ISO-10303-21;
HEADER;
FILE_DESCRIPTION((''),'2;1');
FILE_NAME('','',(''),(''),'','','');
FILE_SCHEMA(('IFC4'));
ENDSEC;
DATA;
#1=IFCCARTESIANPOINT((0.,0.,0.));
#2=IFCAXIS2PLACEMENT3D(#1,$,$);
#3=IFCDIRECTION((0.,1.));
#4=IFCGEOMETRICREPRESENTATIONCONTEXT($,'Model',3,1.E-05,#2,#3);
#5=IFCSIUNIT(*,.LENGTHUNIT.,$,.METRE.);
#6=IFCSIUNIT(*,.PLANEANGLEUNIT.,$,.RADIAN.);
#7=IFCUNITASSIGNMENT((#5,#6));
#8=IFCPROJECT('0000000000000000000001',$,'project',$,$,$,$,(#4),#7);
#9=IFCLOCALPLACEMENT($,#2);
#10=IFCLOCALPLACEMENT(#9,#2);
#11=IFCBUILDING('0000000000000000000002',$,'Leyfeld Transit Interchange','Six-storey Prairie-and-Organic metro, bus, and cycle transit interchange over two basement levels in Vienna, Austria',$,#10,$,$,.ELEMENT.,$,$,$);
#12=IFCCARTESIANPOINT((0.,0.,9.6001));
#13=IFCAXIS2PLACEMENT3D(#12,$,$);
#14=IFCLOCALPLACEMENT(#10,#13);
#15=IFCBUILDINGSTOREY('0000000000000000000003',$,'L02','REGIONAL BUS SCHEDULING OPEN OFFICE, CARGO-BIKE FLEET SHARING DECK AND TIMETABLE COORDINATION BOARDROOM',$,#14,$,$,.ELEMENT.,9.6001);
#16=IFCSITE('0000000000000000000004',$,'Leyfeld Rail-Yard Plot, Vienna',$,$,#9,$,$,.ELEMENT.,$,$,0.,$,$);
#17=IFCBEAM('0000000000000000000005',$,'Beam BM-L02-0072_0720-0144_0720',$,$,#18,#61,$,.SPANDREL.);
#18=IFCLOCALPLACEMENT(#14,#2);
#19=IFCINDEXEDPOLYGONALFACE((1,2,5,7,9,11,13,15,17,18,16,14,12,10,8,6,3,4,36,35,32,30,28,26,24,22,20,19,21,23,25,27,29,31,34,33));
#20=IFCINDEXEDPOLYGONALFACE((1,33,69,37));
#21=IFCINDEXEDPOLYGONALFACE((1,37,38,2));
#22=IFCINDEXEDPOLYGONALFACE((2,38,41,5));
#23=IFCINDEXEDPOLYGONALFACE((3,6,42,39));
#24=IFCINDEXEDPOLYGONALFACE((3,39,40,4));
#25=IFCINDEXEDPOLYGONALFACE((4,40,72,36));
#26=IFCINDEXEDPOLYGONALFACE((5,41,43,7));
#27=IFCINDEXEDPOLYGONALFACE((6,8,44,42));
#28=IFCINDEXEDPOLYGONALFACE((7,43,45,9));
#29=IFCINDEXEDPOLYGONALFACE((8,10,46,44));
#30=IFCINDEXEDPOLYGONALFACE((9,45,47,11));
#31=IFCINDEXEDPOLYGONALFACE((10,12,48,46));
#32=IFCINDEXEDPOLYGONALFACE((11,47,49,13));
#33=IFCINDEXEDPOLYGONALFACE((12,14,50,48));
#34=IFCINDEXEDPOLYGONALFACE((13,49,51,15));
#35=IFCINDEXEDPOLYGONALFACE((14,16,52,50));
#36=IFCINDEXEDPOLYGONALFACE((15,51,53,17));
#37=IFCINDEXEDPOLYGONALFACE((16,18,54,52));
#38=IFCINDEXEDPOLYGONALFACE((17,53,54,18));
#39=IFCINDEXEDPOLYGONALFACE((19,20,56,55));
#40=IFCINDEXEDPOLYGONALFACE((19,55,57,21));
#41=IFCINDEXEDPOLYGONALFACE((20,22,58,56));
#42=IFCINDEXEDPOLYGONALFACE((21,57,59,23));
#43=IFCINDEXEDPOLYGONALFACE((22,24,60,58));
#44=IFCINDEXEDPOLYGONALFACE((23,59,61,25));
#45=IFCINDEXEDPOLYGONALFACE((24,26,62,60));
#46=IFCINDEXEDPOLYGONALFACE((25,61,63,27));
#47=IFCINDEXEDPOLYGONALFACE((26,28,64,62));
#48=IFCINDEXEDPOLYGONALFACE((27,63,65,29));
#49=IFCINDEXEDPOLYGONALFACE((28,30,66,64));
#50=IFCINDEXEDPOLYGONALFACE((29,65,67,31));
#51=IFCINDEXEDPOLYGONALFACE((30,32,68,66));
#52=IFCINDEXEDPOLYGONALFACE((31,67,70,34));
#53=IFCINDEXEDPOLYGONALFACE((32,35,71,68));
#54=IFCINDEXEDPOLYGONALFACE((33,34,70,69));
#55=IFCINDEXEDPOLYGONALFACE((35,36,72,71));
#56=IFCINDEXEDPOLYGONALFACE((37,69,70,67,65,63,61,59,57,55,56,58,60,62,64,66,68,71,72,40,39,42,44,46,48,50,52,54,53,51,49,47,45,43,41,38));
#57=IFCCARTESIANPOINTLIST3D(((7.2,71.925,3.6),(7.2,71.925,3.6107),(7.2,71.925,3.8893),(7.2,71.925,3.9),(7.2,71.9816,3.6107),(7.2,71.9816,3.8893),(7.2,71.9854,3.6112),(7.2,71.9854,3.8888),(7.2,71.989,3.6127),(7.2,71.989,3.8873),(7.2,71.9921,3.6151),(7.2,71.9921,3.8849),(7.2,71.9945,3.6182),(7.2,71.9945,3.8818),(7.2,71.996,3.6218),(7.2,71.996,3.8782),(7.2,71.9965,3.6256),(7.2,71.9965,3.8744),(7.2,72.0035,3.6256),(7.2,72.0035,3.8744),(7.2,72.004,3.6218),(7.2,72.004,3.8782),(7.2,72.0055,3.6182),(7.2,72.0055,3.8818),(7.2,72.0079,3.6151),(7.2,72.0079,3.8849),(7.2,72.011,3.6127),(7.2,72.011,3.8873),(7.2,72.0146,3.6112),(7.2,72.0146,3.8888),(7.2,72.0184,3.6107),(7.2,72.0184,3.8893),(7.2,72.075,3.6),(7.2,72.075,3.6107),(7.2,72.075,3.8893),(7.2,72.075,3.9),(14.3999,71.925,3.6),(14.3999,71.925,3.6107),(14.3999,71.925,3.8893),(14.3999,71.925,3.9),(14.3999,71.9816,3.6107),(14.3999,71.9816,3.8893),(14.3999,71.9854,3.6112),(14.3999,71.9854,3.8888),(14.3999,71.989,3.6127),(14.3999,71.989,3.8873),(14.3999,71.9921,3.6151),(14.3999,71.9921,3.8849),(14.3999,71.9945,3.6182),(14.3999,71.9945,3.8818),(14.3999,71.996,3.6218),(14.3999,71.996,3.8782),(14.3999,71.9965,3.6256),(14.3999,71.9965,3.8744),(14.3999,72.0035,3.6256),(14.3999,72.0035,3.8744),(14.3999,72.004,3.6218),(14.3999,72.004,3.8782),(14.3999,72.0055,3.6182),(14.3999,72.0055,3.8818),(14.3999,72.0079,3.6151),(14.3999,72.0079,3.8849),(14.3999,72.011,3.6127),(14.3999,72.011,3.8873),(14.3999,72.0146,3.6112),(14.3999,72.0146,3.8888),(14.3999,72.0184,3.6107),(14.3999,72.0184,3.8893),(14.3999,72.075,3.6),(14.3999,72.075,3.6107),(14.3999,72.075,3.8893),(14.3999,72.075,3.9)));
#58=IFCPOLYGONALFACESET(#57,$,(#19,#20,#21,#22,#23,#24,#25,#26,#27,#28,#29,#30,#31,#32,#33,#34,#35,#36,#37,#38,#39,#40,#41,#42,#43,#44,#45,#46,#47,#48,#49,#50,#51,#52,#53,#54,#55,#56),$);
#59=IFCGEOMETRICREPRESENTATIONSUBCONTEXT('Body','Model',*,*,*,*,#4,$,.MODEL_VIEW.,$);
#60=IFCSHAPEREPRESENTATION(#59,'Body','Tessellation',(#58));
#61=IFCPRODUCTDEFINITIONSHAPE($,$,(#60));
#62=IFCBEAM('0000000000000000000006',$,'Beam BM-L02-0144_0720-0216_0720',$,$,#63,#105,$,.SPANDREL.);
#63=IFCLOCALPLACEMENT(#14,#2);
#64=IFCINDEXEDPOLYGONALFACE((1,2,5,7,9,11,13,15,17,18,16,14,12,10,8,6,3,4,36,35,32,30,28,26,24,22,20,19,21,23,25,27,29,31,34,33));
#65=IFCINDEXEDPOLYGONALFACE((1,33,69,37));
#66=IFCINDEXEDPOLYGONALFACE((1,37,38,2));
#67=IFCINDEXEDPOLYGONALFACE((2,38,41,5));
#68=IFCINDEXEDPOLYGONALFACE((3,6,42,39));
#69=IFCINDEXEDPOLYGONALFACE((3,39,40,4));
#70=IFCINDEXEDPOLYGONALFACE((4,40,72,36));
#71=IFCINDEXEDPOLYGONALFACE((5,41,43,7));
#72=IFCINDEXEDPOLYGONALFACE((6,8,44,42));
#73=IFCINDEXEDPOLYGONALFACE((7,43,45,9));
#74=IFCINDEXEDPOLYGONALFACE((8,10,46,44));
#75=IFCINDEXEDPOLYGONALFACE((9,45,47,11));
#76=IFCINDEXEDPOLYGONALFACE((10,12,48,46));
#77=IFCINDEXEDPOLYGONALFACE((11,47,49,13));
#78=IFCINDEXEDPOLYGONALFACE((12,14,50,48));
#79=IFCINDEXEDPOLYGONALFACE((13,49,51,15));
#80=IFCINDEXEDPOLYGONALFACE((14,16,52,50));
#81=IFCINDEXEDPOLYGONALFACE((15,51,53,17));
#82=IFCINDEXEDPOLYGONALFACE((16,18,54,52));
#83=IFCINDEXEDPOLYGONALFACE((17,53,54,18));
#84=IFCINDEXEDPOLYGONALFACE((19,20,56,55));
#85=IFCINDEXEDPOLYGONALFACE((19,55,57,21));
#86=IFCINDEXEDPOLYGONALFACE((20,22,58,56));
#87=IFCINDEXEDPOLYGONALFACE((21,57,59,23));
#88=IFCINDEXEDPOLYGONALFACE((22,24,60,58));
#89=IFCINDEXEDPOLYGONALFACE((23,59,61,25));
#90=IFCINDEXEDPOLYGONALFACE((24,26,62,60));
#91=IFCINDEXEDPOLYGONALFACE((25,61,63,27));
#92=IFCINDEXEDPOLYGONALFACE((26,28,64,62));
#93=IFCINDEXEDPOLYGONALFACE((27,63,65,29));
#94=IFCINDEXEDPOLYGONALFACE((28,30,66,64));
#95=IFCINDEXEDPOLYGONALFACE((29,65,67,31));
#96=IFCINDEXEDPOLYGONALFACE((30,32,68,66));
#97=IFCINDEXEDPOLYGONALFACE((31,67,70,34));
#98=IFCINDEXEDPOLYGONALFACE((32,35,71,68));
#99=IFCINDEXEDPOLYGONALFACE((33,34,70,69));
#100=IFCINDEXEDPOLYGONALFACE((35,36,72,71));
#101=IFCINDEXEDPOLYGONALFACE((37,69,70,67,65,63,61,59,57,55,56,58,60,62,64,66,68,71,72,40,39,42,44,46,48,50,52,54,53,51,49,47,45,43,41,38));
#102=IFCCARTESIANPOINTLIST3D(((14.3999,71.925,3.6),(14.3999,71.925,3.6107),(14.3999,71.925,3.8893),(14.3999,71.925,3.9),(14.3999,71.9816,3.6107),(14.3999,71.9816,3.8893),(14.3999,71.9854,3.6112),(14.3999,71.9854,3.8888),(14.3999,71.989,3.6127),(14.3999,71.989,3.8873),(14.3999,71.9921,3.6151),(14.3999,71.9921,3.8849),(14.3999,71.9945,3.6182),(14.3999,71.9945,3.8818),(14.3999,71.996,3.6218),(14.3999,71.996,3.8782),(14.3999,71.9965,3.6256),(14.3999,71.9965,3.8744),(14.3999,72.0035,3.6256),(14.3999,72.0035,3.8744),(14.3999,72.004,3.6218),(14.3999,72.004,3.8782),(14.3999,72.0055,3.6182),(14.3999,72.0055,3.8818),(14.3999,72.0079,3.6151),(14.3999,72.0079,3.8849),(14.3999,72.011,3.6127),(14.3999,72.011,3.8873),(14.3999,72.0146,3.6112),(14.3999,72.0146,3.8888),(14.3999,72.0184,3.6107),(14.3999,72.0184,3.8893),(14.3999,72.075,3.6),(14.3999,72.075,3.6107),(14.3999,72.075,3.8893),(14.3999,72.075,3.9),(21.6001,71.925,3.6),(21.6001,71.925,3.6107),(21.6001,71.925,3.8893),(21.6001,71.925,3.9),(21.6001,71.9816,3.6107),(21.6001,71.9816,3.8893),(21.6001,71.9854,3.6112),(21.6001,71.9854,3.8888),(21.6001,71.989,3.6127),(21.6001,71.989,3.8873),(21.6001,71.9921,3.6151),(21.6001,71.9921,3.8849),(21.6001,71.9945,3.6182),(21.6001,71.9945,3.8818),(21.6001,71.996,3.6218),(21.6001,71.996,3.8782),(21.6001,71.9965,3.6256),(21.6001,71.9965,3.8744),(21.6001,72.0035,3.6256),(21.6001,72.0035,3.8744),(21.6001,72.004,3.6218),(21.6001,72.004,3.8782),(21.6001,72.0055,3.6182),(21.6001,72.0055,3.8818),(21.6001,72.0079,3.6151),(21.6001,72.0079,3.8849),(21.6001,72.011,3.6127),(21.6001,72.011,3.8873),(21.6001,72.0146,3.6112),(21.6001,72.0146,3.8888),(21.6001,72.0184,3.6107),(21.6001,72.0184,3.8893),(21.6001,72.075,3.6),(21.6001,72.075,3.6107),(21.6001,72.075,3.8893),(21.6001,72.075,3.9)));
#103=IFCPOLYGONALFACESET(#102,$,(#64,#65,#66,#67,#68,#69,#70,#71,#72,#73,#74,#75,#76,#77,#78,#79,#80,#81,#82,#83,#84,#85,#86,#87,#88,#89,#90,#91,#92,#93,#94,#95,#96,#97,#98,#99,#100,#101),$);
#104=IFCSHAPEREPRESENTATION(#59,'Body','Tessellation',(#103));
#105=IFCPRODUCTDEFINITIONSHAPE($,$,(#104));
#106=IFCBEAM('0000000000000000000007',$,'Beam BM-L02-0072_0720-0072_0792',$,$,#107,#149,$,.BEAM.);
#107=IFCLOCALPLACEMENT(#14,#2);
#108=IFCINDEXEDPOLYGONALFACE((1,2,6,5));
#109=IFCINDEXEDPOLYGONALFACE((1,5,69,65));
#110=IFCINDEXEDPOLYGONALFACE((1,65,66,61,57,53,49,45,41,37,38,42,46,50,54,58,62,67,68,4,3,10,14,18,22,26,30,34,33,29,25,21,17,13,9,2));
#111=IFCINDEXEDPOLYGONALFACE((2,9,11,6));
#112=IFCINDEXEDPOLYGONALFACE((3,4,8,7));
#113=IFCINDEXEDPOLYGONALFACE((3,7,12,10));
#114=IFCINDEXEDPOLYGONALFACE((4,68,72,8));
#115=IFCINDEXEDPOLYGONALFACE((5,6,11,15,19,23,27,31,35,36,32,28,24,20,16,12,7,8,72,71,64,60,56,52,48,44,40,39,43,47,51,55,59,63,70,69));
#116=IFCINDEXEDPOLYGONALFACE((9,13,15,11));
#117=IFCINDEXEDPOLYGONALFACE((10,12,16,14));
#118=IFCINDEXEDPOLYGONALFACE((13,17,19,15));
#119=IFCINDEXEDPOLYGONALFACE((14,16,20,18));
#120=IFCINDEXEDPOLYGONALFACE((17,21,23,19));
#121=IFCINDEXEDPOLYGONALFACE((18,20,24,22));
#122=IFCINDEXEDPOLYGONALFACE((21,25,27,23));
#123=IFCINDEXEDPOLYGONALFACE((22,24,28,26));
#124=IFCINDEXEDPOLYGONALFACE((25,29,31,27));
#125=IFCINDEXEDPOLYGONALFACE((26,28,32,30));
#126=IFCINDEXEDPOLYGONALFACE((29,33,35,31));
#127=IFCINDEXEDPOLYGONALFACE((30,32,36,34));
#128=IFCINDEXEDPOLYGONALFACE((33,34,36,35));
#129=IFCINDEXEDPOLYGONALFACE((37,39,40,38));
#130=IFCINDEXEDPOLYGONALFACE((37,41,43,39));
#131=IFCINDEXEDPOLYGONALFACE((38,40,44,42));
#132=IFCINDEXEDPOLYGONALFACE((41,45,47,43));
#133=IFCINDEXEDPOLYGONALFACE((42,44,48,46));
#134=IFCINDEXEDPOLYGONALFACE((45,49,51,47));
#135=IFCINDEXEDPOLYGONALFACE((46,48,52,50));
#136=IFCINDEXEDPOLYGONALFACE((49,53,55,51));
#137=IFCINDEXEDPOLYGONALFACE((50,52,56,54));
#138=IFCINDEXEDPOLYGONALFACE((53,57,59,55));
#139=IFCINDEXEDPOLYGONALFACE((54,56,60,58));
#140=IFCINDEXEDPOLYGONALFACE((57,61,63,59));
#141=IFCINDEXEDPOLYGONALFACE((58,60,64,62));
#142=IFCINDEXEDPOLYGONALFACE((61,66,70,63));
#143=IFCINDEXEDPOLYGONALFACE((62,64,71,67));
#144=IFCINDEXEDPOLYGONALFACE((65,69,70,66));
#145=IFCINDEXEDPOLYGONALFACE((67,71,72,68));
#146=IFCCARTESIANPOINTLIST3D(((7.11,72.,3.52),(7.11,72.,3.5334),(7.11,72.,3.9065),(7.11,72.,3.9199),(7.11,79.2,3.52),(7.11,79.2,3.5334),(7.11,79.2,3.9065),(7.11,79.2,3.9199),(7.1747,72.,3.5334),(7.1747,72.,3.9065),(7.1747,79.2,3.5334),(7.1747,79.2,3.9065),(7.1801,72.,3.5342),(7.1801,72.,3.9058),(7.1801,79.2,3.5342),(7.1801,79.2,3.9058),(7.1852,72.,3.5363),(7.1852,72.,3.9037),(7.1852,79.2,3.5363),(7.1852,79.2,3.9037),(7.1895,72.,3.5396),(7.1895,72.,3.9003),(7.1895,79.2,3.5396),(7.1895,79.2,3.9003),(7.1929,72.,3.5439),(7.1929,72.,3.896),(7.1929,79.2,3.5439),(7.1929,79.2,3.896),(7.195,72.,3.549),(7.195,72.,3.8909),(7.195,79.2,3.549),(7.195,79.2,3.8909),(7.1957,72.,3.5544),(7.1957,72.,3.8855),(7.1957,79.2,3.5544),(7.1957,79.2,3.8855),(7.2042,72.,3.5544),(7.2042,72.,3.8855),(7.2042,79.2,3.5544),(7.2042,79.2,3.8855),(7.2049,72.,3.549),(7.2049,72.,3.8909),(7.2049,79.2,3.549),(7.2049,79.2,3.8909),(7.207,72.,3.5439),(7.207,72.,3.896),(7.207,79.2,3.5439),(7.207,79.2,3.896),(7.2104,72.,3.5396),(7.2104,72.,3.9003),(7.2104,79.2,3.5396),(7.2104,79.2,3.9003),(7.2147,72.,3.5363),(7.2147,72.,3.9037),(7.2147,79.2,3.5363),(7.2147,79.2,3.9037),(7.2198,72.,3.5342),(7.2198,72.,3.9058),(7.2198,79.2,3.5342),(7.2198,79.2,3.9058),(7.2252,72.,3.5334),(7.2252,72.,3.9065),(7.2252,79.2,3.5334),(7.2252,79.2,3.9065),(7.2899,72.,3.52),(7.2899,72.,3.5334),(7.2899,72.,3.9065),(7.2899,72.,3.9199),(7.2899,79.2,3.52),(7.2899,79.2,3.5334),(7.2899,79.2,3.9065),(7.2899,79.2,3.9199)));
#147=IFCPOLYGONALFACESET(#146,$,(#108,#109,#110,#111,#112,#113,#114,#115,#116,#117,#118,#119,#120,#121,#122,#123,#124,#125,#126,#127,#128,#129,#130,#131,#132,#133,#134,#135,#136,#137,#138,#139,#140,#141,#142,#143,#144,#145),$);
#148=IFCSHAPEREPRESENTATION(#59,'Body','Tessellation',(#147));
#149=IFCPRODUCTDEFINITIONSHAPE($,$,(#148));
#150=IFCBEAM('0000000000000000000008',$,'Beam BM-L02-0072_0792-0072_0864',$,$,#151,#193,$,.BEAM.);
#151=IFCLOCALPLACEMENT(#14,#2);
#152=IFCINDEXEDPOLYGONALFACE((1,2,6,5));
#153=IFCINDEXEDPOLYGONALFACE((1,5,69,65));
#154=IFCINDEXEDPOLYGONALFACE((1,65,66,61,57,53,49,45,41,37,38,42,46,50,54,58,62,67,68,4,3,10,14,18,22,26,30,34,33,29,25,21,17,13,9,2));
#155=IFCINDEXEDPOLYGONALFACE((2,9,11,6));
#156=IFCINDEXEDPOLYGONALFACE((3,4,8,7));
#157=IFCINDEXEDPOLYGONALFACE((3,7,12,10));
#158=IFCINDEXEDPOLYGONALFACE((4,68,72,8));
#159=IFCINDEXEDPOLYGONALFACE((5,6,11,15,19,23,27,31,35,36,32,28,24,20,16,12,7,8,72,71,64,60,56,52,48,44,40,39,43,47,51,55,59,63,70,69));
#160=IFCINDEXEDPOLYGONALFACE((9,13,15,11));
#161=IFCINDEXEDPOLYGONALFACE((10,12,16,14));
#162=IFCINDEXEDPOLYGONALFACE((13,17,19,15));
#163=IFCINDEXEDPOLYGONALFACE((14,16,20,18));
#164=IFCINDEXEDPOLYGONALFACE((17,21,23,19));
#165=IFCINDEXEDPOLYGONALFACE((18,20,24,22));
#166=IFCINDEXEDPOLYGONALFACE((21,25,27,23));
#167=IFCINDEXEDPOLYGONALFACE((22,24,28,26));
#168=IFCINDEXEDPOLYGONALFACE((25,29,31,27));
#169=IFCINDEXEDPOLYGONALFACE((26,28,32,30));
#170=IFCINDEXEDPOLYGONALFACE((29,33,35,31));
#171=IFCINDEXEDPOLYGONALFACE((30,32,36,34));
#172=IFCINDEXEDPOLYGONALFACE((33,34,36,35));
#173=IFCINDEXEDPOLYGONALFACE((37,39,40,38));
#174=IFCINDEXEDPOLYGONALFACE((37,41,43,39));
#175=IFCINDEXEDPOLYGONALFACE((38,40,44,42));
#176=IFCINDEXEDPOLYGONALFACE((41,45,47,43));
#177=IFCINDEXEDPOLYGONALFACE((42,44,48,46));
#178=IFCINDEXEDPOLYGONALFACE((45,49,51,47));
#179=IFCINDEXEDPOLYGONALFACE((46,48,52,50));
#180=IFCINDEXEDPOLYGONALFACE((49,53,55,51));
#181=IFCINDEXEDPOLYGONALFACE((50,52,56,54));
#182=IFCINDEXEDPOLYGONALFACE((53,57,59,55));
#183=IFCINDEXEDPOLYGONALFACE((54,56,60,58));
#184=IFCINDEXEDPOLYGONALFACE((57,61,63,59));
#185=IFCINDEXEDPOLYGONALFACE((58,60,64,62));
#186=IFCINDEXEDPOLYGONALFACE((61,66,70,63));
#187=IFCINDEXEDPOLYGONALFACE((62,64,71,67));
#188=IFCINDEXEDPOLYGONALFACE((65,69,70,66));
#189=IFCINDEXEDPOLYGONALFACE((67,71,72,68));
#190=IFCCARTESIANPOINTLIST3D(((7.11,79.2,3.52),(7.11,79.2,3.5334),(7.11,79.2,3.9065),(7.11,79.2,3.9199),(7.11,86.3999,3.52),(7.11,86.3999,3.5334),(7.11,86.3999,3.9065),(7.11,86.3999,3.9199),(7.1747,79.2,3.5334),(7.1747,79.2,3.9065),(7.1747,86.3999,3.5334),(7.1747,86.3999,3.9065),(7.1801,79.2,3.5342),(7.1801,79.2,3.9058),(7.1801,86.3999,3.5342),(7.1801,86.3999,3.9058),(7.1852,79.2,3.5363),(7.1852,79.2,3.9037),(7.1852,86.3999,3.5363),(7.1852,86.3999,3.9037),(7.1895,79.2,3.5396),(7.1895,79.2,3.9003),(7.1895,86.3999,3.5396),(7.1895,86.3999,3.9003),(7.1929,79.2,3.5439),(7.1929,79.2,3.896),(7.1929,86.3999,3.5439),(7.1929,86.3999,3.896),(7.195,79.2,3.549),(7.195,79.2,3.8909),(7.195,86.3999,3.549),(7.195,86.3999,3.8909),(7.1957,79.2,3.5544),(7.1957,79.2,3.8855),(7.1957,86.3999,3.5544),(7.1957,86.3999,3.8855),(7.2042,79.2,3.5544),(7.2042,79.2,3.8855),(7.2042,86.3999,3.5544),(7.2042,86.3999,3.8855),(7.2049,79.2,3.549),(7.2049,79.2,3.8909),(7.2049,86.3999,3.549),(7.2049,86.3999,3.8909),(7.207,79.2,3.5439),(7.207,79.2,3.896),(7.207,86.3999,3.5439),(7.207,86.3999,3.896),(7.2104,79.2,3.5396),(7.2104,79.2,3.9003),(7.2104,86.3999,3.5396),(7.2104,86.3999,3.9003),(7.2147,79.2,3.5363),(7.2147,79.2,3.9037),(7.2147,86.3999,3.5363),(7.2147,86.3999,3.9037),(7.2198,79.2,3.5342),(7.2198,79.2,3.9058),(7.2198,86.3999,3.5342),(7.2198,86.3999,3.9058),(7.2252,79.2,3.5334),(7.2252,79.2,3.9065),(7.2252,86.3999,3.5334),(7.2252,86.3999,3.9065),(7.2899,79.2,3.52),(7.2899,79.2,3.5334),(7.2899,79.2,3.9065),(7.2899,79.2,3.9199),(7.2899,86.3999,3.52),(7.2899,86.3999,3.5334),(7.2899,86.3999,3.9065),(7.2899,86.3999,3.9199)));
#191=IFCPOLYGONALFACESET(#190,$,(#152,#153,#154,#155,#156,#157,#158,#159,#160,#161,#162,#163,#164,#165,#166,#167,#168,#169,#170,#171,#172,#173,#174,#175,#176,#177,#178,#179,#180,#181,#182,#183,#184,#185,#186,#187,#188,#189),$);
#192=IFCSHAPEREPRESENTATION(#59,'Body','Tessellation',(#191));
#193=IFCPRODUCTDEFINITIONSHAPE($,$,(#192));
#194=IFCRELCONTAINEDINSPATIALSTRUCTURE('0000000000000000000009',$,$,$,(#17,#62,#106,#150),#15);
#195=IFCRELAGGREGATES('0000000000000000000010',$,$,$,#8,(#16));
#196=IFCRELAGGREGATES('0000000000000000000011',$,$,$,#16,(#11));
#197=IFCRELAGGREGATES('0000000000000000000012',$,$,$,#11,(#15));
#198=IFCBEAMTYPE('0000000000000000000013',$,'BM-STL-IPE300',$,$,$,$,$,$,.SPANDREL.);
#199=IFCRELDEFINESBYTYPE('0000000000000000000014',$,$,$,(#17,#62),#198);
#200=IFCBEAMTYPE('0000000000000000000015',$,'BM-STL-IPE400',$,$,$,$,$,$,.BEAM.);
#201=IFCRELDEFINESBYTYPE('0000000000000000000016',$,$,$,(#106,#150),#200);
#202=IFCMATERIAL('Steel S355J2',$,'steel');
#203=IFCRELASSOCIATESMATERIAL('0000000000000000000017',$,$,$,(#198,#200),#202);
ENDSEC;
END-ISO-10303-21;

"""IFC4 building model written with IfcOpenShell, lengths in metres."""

from ifc_helpers import new_model, si_unit, direction, frame, origin, origin_2d, place, context, subcontext, project, spatial, i_section, extrude, material, material_profile, profile_set, type_object, element, save


model = new_model("IFC4")

# Units and contexts
model_context = context("Model", 3, precision=1e-05, world=origin(), true_north=direction((0.0, 1.0)))
body_context = subcontext(model_context, "Body", "Model", "MODEL_VIEW")
ifc_project = project(units=[si_unit("LENGTHUNIT", "METRE"), si_unit("PLANEANGLEUNIT", "RADIAN")], contexts=[model_context])

# Site, building, storey
site_placement = place(None, origin())
site = spatial("IfcSite", under=ifc_project, at=site_placement, Name="Leyfeld Rail-Yard Plot, Vienna", CompositionType="ELEMENT", RefElevation=0.0)
building_placement = place(site_placement, origin())
building = spatial("IfcBuilding", under=site, at=building_placement, Name="Leyfeld Transit Interchange", Description="Six-storey Prairie-and-Organic metro, bus, and cycle transit interchange over two basement levels in Vienna, Austria", CompositionType="ELEMENT")
storey_placement = place(building_placement, frame((0.0, 0.0, 9.6001)))
storey = spatial("IfcBuildingStorey", under=building, at=storey_placement, Name="L02", Description="REGIONAL BUS SCHEDULING OPEN OFFICE, CARGO-BIKE FLEET SHARING DECK AND TIMETABLE COORDINATION BOARDROOM", CompositionType="ELEMENT", Elevation=9.6001)

# Beams
ifc_material_1 = material(Name="Steel S355J2", Category="steel")
ifc_material_profile_1 = material_profile(ifc_material_1, i_section(OverallWidth=0.1499, OverallDepth=0.3, WebThickness=0.0071, FlangeThickness=0.0107, FilletRadius=0.0149, at=origin_2d()), Name="IPE 300")
ifc_profile_set_1 = profile_set([ifc_material_profile_1], Name="Steel S355J2")
beam_type_1 = type_object("IfcBeamType", Name="BM-STL-IPE300", PredefinedType="SPANDREL", material=ifc_profile_set_1)
beam_1_placement = place(storey_placement, frame((7.2, 72.0, 3.75), z_axis=(1.0, 0.0, 0.0), x_axis=(0.0, 1.0, 0.0)))
element("IfcBeam", 1, at=beam_1_placement, inside=storey, type_object=beam_type_1, Name="Beam BM-L02-0072_0720-0144_0720", PredefinedType="SPANDREL", context=body_context, shape_type="SweptSolid", body=[
    extrude(i_section(OverallWidth=0.1499, OverallDepth=0.3, WebThickness=0.0071, FlangeThickness=0.0107, FilletRadius=0.0149, at=origin_2d()), origin(), (0.0, 0.0, 1.0), 7.2),
])
beam_2_placement = place(storey_placement, frame((14.3999, 72.0, 3.75), z_axis=(1.0, 0.0, 0.0), x_axis=(0.0, 1.0, 0.0)))
element("IfcBeam", 2, at=beam_2_placement, inside=storey, type_object=beam_type_1, Name="Beam BM-L02-0144_0720-0216_0720", PredefinedType="SPANDREL", context=body_context, shape_type="SweptSolid", body=[
    extrude(i_section(OverallWidth=0.1499, OverallDepth=0.3, WebThickness=0.0071, FlangeThickness=0.0107, FilletRadius=0.0149, at=origin_2d()), origin(), (0.0, 0.0, 1.0), 7.2002),
])
ifc_material_profile_2 = material_profile(ifc_material_1, i_section(OverallWidth=0.1799, OverallDepth=0.3999, WebThickness=0.0085, FlangeThickness=0.0134, FilletRadius=0.021, at=origin_2d()), Name="IPE 400")
ifc_profile_set_2 = profile_set([ifc_material_profile_2], Name="Steel S355J2")
beam_type_2 = type_object("IfcBeamType", Name="BM-STL-IPE400", PredefinedType="BEAM", material=ifc_profile_set_2)
for number, where, z_axis, x_axis, name in (
    (3, (7.2, 72.0, 3.72), (0.0, 1.0, 0.0), (-1.0, 0.0, 0.0), "Beam BM-L02-0072_0720-0072_0792"),
    (4, (7.2, 79.2, 3.72), (0.0, 1.0, 0.0), (-1.0, 0.0, 0.0), "Beam BM-L02-0072_0792-0072_0864"),
):
    element("IfcBeam", number, at=place(storey_placement, frame(where, z_axis=z_axis, x_axis=x_axis)), inside=storey, type_object=beam_type_2, Name=name, PredefinedType="BEAM", context=body_context, shape_type="SweptSolid", body=[
        extrude(i_section(OverallWidth=0.1799, OverallDepth=0.3999, WebThickness=0.0085, FlangeThickness=0.0134, FilletRadius=0.021, at=origin_2d()), origin(), (0.0, 0.0, 1.0), 7.2),
    ])

save(model, "model.ifc")
